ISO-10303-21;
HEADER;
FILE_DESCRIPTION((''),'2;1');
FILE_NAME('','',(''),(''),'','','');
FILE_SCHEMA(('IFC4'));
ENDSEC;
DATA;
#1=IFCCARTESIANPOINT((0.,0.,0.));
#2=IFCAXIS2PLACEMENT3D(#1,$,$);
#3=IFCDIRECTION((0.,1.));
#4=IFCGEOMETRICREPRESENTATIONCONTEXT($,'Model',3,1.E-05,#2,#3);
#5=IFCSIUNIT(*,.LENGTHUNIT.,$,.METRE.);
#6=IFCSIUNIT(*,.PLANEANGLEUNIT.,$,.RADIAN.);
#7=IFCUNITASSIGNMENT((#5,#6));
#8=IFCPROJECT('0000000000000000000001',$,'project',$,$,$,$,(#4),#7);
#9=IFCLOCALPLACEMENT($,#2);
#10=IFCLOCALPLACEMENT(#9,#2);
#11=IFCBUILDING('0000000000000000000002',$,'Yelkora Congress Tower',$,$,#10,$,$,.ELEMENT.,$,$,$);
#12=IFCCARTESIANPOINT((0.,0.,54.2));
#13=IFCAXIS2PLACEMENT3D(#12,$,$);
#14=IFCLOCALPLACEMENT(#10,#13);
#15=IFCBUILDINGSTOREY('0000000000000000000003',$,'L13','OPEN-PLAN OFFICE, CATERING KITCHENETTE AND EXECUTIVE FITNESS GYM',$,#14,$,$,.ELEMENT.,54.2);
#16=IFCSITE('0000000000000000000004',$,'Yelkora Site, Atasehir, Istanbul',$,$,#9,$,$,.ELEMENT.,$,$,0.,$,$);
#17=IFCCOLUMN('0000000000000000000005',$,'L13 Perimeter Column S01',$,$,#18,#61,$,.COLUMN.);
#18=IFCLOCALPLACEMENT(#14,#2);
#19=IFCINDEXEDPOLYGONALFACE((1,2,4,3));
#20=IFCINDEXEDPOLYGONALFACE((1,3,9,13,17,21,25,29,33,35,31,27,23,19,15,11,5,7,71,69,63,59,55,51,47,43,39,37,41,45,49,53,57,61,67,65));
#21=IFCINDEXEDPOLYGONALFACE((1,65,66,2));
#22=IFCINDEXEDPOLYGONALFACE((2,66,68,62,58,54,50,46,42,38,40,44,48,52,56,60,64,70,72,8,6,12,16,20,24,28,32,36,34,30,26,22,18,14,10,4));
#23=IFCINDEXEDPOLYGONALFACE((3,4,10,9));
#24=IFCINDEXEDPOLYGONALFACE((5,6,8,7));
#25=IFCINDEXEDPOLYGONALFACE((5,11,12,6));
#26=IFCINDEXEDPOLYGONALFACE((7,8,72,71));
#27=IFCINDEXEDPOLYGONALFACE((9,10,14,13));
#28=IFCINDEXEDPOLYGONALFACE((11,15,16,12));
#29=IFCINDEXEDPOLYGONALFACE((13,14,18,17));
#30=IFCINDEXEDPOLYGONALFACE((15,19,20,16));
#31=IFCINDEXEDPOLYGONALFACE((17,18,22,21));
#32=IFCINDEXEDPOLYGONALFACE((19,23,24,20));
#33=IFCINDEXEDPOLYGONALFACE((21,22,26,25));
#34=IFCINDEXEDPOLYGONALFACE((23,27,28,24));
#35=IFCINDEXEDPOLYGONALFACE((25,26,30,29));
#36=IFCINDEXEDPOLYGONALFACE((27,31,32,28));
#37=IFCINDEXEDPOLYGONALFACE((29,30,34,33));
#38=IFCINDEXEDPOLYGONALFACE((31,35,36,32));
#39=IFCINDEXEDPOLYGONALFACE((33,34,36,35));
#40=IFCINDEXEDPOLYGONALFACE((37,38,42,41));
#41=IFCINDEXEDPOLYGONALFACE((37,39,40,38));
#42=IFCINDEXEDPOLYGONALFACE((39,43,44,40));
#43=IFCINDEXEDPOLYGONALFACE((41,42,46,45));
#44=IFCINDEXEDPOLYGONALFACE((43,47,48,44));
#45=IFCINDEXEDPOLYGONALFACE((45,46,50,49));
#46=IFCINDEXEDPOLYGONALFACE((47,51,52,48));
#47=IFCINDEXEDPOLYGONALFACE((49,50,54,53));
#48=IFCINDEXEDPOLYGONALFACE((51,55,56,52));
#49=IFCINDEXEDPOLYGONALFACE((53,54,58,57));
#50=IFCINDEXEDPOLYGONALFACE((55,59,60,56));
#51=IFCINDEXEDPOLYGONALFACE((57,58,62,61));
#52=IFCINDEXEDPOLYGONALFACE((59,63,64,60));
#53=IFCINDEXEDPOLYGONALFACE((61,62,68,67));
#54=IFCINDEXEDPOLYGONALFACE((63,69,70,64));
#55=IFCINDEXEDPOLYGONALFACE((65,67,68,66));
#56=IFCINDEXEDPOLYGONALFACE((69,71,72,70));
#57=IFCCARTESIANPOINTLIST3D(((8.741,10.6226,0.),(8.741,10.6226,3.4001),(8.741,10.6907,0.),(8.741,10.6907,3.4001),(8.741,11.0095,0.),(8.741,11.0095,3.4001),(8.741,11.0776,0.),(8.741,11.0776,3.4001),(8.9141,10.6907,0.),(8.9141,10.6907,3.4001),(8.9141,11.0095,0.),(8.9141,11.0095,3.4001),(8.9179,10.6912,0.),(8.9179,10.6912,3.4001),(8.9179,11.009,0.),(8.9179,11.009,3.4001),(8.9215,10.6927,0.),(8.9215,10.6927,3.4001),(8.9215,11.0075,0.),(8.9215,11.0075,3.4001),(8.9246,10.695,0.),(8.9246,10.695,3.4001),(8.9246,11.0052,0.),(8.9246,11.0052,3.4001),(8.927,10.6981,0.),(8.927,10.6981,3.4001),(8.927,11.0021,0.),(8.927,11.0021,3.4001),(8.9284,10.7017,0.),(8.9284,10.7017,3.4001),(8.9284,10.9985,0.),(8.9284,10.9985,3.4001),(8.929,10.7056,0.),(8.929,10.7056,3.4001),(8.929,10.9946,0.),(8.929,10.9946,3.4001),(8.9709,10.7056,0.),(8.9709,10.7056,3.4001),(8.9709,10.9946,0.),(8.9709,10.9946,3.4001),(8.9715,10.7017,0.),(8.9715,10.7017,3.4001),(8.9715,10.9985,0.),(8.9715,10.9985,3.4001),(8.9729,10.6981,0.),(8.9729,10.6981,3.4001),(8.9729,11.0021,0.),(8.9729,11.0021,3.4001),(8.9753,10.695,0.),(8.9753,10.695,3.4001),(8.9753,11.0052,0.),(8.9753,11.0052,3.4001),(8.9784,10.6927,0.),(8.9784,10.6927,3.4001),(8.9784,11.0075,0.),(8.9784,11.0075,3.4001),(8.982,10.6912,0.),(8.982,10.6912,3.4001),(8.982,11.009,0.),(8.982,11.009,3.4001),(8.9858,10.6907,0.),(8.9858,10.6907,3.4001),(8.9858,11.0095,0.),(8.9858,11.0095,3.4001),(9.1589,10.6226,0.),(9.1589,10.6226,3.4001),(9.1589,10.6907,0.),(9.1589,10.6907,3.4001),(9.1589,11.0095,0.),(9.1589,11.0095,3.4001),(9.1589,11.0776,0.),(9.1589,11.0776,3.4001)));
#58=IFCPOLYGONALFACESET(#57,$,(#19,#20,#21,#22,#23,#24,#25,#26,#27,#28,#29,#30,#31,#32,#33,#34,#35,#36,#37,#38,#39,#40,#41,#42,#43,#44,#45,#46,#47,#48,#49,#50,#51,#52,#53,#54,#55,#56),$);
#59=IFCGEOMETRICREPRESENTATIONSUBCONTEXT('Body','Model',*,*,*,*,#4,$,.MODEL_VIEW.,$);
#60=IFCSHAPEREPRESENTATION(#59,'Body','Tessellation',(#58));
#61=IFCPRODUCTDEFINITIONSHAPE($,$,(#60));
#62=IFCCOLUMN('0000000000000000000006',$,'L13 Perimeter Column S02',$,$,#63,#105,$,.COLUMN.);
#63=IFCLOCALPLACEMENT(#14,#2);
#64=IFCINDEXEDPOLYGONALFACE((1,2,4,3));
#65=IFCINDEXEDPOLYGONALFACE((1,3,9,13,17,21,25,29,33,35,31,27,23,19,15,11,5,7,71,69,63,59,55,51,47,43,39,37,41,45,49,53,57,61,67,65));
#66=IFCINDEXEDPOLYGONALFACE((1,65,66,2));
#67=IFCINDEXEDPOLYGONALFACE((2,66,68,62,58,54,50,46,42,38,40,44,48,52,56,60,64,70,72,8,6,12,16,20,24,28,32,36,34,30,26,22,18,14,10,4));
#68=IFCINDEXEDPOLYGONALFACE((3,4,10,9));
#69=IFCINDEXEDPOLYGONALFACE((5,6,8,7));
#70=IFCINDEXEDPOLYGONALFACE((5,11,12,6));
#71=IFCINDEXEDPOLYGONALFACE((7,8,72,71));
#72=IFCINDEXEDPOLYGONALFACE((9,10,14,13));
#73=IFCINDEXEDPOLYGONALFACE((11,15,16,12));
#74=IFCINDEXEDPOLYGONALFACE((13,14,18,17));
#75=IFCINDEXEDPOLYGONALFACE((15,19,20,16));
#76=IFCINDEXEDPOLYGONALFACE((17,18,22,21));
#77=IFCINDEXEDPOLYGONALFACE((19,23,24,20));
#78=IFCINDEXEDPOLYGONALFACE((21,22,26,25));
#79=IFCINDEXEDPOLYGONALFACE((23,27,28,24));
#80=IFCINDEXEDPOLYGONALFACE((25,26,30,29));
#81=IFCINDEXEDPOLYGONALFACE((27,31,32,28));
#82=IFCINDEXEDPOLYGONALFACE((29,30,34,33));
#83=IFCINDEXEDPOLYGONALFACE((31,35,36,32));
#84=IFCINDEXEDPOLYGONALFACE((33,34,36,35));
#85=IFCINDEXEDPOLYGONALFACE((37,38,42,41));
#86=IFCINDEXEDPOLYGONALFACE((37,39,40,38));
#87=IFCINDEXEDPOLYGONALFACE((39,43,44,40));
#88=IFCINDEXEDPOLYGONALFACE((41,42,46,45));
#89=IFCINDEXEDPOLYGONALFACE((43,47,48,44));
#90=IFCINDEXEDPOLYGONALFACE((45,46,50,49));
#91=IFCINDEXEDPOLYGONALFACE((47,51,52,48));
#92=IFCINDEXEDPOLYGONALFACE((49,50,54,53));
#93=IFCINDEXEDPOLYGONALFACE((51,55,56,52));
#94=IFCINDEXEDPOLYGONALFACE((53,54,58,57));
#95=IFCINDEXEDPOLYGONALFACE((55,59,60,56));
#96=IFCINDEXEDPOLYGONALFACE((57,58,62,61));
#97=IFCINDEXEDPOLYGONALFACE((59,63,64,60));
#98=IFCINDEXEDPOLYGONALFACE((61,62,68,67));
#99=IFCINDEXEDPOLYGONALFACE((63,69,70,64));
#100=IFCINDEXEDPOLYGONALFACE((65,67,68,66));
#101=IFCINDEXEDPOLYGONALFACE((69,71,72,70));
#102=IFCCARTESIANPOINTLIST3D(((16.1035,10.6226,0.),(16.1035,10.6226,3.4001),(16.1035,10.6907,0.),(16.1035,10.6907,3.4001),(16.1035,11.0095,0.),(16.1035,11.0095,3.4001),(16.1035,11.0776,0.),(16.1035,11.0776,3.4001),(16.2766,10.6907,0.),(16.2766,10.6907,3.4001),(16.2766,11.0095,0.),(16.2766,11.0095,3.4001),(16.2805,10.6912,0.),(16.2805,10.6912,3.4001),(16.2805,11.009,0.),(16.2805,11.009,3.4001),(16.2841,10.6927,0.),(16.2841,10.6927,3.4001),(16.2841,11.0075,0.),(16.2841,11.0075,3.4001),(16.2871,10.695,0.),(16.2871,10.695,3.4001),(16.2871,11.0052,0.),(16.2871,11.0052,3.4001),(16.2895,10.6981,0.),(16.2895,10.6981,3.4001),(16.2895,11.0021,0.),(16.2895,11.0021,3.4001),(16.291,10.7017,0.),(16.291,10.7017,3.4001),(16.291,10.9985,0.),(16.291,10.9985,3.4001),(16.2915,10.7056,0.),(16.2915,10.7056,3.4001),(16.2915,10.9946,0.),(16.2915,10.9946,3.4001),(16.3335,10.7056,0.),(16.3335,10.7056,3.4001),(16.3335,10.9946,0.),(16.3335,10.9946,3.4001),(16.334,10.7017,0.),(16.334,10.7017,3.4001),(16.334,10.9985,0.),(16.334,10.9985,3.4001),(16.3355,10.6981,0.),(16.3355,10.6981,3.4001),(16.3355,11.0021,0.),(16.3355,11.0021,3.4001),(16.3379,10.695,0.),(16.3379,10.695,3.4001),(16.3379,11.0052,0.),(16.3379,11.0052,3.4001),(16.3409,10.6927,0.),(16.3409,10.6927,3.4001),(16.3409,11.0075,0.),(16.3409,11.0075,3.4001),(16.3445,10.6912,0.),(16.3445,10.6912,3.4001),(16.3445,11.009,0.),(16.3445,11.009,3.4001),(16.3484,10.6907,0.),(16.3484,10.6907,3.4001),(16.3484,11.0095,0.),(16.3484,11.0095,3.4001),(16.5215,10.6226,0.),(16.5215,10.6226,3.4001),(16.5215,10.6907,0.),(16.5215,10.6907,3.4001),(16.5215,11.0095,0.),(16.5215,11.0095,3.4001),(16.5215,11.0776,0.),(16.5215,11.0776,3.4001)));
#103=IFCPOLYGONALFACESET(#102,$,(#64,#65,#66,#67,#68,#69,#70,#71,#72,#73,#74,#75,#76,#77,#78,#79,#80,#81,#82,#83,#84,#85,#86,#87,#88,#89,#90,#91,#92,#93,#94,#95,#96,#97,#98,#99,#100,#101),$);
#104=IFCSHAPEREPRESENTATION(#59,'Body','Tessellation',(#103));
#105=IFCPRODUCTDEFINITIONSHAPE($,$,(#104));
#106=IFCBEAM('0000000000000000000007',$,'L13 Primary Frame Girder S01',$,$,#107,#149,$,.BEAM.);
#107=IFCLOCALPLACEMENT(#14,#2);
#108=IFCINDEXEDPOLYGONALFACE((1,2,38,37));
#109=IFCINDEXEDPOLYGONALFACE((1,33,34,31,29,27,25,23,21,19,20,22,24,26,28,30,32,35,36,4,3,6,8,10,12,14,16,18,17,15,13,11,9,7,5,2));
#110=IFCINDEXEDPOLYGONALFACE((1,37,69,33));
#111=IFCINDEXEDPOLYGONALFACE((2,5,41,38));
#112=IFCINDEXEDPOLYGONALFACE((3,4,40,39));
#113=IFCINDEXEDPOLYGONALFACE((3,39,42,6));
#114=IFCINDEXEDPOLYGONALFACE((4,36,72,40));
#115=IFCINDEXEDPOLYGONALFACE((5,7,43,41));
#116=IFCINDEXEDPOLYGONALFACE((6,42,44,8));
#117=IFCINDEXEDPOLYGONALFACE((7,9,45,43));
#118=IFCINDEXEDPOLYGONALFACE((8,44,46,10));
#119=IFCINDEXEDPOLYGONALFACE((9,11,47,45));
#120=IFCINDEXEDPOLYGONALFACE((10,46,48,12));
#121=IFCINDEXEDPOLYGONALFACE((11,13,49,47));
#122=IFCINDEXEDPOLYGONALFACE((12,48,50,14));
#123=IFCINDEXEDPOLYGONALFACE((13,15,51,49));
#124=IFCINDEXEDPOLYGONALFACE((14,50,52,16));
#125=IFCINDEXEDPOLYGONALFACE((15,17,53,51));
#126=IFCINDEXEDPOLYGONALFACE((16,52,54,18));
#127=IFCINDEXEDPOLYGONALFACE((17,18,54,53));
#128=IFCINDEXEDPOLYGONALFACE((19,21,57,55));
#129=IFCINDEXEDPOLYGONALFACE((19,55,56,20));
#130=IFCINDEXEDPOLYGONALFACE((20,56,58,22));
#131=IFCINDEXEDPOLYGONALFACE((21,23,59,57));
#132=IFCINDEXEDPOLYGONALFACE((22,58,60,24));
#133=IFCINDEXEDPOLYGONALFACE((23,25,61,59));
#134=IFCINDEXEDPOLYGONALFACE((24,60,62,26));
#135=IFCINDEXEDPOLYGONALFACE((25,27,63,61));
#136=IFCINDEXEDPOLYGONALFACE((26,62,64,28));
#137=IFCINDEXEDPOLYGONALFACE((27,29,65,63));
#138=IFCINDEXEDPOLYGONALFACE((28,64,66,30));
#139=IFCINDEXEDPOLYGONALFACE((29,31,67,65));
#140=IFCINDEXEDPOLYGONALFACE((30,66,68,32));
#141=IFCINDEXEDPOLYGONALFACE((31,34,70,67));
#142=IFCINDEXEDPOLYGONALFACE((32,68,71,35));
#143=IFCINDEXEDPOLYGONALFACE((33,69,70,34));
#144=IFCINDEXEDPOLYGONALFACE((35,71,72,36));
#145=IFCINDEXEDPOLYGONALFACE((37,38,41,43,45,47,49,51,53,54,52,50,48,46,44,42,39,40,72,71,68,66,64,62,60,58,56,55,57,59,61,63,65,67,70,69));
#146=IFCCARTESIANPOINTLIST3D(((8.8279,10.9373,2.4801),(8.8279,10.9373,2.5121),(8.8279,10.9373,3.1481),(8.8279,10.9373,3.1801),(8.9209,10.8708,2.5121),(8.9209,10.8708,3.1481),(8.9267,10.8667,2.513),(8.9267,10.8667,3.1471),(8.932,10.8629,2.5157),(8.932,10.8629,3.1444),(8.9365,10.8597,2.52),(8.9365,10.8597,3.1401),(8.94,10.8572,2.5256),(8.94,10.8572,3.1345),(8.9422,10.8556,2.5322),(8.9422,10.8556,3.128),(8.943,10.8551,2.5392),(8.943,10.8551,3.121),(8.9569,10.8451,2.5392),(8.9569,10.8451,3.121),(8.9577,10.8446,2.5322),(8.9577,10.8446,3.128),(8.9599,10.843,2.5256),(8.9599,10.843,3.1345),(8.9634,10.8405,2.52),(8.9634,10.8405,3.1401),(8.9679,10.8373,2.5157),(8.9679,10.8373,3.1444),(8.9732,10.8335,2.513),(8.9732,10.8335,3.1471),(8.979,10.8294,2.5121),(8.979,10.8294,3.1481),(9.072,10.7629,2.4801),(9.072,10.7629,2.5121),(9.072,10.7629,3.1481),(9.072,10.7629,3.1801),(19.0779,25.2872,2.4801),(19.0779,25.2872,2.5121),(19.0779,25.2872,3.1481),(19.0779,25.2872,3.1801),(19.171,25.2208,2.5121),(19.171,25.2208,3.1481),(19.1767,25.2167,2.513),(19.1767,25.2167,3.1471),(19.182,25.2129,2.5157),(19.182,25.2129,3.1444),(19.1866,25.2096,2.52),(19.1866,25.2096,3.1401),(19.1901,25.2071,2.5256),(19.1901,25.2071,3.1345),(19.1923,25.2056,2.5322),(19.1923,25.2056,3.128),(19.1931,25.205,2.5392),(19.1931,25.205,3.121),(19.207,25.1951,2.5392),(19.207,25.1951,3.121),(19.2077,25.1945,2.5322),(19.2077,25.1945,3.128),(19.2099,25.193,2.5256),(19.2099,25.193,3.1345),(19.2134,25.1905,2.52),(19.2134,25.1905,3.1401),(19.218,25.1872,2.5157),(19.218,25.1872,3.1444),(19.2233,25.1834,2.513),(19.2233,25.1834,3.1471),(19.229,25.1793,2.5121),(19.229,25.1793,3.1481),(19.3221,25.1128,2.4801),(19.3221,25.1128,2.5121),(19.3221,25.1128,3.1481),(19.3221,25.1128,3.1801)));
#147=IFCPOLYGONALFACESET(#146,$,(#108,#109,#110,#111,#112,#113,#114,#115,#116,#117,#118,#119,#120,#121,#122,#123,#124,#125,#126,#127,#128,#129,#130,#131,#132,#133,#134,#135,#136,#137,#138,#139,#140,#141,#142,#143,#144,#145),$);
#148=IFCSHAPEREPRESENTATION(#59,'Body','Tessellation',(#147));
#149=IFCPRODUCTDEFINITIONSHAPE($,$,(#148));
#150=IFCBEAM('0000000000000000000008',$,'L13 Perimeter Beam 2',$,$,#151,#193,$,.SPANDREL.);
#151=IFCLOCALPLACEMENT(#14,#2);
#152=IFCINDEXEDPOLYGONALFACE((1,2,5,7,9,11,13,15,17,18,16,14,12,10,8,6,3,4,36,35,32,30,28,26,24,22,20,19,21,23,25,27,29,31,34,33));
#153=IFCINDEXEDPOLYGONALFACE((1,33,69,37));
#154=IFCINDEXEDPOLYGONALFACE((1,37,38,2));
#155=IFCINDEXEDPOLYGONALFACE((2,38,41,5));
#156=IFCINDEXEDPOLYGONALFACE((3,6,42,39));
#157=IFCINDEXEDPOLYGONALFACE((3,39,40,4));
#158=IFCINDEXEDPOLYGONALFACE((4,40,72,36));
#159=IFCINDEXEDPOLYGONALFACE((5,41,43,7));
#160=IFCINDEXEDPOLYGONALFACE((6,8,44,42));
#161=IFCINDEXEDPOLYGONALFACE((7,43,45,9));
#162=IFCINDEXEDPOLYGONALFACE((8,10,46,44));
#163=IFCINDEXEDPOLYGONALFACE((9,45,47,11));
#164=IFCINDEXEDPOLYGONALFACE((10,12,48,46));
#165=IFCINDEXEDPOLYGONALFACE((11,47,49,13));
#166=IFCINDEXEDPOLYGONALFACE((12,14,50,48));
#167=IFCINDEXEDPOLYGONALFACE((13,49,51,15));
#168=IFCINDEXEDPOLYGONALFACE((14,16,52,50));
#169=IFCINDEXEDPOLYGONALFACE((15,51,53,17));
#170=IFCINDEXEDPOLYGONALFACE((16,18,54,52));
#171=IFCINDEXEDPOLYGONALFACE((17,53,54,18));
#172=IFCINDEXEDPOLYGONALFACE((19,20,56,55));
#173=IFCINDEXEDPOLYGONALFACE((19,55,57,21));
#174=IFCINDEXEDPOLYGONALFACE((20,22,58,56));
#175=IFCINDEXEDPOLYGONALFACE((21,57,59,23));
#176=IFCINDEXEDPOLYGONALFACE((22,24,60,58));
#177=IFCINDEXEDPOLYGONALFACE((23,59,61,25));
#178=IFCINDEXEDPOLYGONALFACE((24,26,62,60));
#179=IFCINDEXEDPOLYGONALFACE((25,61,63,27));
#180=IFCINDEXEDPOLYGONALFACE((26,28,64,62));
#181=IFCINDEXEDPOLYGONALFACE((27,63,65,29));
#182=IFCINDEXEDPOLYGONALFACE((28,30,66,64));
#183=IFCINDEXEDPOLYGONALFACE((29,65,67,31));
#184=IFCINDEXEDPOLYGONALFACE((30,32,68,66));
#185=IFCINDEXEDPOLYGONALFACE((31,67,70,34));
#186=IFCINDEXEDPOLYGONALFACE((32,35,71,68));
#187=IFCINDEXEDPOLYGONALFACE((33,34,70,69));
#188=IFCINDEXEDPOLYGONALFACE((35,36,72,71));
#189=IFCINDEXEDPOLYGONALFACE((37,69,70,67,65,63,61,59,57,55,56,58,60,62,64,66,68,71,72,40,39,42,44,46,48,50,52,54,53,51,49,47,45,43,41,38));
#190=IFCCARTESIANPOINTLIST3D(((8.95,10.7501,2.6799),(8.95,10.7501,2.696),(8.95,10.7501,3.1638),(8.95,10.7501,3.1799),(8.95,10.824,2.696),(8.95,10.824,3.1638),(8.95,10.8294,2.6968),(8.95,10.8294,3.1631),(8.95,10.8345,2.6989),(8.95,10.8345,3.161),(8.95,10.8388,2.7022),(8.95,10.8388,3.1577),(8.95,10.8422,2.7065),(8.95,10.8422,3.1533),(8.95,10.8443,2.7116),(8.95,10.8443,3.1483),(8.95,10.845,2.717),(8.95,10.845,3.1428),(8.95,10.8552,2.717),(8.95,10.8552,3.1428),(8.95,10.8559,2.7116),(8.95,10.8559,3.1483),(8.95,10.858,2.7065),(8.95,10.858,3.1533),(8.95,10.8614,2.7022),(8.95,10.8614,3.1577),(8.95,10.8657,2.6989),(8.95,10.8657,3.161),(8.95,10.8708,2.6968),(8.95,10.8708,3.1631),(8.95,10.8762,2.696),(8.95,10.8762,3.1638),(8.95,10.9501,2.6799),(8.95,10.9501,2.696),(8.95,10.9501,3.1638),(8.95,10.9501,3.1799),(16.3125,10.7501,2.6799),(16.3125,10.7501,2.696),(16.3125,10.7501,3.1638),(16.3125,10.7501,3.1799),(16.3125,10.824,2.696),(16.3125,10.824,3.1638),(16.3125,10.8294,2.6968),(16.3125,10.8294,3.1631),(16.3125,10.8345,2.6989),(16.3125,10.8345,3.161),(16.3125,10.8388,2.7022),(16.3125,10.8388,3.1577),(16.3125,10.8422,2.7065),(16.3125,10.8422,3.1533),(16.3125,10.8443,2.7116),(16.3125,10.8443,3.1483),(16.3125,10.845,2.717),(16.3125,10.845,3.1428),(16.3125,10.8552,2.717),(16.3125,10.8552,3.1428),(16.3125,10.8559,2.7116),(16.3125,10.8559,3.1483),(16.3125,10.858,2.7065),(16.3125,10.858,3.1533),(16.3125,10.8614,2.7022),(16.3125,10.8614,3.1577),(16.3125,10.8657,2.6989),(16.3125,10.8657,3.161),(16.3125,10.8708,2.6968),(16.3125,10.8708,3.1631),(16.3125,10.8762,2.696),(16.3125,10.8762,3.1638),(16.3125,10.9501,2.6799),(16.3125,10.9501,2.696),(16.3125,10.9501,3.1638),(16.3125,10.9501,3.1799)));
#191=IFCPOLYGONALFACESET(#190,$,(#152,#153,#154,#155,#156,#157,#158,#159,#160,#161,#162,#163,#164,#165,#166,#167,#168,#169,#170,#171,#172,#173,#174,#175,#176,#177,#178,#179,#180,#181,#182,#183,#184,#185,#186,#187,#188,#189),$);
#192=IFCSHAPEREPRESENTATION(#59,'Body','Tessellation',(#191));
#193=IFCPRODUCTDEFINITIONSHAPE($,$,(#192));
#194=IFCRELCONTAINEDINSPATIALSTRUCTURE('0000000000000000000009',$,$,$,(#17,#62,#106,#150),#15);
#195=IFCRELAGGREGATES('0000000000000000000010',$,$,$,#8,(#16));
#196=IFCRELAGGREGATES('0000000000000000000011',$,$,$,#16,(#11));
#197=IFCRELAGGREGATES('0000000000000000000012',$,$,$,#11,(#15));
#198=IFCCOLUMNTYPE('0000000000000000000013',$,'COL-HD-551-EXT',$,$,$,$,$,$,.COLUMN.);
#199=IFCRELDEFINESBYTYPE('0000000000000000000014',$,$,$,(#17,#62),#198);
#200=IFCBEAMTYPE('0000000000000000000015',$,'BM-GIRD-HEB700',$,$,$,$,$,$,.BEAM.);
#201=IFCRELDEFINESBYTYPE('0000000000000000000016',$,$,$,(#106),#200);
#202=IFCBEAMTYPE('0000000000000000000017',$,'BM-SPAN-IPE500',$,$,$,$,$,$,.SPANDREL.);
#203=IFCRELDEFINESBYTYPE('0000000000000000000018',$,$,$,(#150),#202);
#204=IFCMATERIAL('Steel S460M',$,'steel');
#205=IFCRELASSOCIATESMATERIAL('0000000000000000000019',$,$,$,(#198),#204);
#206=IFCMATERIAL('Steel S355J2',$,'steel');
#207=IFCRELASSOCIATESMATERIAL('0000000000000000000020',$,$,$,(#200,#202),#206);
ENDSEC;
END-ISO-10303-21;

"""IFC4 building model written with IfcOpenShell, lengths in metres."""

from ifc_helpers import new_model, si_unit, direction, frame, origin, origin_2d, place, context, subcontext, project, spatial, i_section, extrude, material, material_profile, profile_set, type_object, element, save


model = new_model("IFC4")

# Units and contexts
model_context = context("Model", 3, precision=1e-05, world=origin(), true_north=direction((0.0, 1.0)))
body_context = subcontext(model_context, "Body", "Model", "MODEL_VIEW")
ifc_project = project(units=[si_unit("LENGTHUNIT", "METRE"), si_unit("PLANEANGLEUNIT", "RADIAN")], contexts=[model_context])

# Site, building, storey
site_placement = place(None, origin())
site = spatial("IfcSite", under=ifc_project, at=site_placement, Name="Yelkora Site, Atasehir, Istanbul", CompositionType="ELEMENT", RefElevation=0.0)
building_placement = place(site_placement, origin())
building = spatial("IfcBuilding", under=site, at=building_placement, Name="Yelkora Congress Tower", CompositionType="ELEMENT")
storey_placement = place(building_placement, frame((0.0, 0.0, 54.2)))
storey = spatial("IfcBuildingStorey", under=building, at=storey_placement, Name="L13", Description="OPEN-PLAN OFFICE, CATERING KITCHENETTE AND EXECUTIVE FITNESS GYM", CompositionType="ELEMENT", Elevation=54.2)

# Columns
ifc_material_1 = material(Name="Steel S460M", Category="steel")
ifc_material_profile_1 = material_profile(ifc_material_1, i_section(OverallWidth=0.418, OverallDepth=0.4551, WebThickness=0.042, FlangeThickness=0.0681, FilletRadius=0.0149, at=origin_2d()), Name="HD 400x551")
ifc_profile_set_1 = profile_set([ifc_material_profile_1], Name="Steel S460M")
column_type = type_object("IfcColumnType", Name="COL-HD-551-EXT", PredefinedType="COLUMN", material=ifc_profile_set_1)
for number, where, z_axis, x_axis, name in (
    (1, (8.95, 10.8501, 0.0), (0.0, 0.0, 1.0), (1.0, 0.0, 0.0), "L13 Perimeter Column S01"),
    (2, (16.3125, 10.8501, 0.0), (0.0, 0.0, 1.0), (1.0, 0.0, 0.0), "L13 Perimeter Column S02"),
):
    element("IfcColumn", number, at=place(storey_placement, frame(where, z_axis=z_axis, x_axis=x_axis)), inside=storey, type_object=column_type, Name=name, PredefinedType="COLUMN", context=body_context, shape_type="SweptSolid", body=[
        extrude(i_section(OverallWidth=0.418, OverallDepth=0.4551, WebThickness=0.042, FlangeThickness=0.0681, FilletRadius=0.0149, at=origin_2d()), origin(), (0.0, 0.0, 1.0), 3.4001),
    ])

# Beams
ifc_material_2 = material(Name="Steel S355J2", Category="steel")
ifc_material_profile_2 = material_profile(ifc_material_2, i_section(OverallWidth=0.3, OverallDepth=0.7, WebThickness=0.0171, FlangeThickness=0.032, FilletRadius=0.0271, at=origin_2d()), Name="HEB 700")
ifc_profile_set_2 = profile_set([ifc_material_profile_2], Name="Steel S355J2")
beam_type_1 = type_object("IfcBeamType", Name="BM-GIRD-HEB700", PredefinedType="BEAM", material=ifc_profile_set_2)
beam_placement = place(storey_placement, frame((8.95, 10.8501, 2.8301), z_axis=(0.581242, 0.813731, 0.0), x_axis=(-0.813731, 0.581242, 0.0)))
element("IfcBeam", 3, at=beam_placement, inside=storey, type_object=beam_type_1, Name="L13 Primary Frame Girder S01", PredefinedType="BEAM", context=body_context, shape_type="SweptSolid", body=[
    extrude(i_section(OverallWidth=0.3, OverallDepth=0.7, WebThickness=0.0171, FlangeThickness=0.032, FilletRadius=0.0271, at=origin_2d()), origin(), (0.0, 0.0, 1.0), 17.6348),
])
ifc_material_profile_3 = material_profile(ifc_material_2, i_section(OverallWidth=0.2, OverallDepth=0.5, WebThickness=0.0103, FlangeThickness=0.0161, FilletRadius=0.021, at=origin_2d()), Name="IPE 500")
ifc_profile_set_3 = profile_set([ifc_material_profile_3], Name="Steel S355J2")
beam_type_2 = type_object("IfcBeamType", Name="BM-SPAN-IPE500", PredefinedType="SPANDREL", material=ifc_profile_set_3)
for number, where, z_axis, x_axis, name in (
    (4, (8.95, 10.8501, 2.9299), (1.0, 0.0, 0.0), (0.0, 1.0, 0.0), "L13 Perimeter Beam 2"),
):
    element("IfcBeam", number, at=place(storey_placement, frame(where, z_axis=z_axis, x_axis=x_axis)), inside=storey, type_object=beam_type_2, Name=name, PredefinedType="SPANDREL", context=body_context, shape_type="SweptSolid", body=[
        extrude(i_section(OverallWidth=0.2, OverallDepth=0.5, WebThickness=0.0103, FlangeThickness=0.0161, FilletRadius=0.021, at=origin_2d()), origin(), (0.0, 0.0, 1.0), 7.3625),
    ])

save(model, "model.ifc")
